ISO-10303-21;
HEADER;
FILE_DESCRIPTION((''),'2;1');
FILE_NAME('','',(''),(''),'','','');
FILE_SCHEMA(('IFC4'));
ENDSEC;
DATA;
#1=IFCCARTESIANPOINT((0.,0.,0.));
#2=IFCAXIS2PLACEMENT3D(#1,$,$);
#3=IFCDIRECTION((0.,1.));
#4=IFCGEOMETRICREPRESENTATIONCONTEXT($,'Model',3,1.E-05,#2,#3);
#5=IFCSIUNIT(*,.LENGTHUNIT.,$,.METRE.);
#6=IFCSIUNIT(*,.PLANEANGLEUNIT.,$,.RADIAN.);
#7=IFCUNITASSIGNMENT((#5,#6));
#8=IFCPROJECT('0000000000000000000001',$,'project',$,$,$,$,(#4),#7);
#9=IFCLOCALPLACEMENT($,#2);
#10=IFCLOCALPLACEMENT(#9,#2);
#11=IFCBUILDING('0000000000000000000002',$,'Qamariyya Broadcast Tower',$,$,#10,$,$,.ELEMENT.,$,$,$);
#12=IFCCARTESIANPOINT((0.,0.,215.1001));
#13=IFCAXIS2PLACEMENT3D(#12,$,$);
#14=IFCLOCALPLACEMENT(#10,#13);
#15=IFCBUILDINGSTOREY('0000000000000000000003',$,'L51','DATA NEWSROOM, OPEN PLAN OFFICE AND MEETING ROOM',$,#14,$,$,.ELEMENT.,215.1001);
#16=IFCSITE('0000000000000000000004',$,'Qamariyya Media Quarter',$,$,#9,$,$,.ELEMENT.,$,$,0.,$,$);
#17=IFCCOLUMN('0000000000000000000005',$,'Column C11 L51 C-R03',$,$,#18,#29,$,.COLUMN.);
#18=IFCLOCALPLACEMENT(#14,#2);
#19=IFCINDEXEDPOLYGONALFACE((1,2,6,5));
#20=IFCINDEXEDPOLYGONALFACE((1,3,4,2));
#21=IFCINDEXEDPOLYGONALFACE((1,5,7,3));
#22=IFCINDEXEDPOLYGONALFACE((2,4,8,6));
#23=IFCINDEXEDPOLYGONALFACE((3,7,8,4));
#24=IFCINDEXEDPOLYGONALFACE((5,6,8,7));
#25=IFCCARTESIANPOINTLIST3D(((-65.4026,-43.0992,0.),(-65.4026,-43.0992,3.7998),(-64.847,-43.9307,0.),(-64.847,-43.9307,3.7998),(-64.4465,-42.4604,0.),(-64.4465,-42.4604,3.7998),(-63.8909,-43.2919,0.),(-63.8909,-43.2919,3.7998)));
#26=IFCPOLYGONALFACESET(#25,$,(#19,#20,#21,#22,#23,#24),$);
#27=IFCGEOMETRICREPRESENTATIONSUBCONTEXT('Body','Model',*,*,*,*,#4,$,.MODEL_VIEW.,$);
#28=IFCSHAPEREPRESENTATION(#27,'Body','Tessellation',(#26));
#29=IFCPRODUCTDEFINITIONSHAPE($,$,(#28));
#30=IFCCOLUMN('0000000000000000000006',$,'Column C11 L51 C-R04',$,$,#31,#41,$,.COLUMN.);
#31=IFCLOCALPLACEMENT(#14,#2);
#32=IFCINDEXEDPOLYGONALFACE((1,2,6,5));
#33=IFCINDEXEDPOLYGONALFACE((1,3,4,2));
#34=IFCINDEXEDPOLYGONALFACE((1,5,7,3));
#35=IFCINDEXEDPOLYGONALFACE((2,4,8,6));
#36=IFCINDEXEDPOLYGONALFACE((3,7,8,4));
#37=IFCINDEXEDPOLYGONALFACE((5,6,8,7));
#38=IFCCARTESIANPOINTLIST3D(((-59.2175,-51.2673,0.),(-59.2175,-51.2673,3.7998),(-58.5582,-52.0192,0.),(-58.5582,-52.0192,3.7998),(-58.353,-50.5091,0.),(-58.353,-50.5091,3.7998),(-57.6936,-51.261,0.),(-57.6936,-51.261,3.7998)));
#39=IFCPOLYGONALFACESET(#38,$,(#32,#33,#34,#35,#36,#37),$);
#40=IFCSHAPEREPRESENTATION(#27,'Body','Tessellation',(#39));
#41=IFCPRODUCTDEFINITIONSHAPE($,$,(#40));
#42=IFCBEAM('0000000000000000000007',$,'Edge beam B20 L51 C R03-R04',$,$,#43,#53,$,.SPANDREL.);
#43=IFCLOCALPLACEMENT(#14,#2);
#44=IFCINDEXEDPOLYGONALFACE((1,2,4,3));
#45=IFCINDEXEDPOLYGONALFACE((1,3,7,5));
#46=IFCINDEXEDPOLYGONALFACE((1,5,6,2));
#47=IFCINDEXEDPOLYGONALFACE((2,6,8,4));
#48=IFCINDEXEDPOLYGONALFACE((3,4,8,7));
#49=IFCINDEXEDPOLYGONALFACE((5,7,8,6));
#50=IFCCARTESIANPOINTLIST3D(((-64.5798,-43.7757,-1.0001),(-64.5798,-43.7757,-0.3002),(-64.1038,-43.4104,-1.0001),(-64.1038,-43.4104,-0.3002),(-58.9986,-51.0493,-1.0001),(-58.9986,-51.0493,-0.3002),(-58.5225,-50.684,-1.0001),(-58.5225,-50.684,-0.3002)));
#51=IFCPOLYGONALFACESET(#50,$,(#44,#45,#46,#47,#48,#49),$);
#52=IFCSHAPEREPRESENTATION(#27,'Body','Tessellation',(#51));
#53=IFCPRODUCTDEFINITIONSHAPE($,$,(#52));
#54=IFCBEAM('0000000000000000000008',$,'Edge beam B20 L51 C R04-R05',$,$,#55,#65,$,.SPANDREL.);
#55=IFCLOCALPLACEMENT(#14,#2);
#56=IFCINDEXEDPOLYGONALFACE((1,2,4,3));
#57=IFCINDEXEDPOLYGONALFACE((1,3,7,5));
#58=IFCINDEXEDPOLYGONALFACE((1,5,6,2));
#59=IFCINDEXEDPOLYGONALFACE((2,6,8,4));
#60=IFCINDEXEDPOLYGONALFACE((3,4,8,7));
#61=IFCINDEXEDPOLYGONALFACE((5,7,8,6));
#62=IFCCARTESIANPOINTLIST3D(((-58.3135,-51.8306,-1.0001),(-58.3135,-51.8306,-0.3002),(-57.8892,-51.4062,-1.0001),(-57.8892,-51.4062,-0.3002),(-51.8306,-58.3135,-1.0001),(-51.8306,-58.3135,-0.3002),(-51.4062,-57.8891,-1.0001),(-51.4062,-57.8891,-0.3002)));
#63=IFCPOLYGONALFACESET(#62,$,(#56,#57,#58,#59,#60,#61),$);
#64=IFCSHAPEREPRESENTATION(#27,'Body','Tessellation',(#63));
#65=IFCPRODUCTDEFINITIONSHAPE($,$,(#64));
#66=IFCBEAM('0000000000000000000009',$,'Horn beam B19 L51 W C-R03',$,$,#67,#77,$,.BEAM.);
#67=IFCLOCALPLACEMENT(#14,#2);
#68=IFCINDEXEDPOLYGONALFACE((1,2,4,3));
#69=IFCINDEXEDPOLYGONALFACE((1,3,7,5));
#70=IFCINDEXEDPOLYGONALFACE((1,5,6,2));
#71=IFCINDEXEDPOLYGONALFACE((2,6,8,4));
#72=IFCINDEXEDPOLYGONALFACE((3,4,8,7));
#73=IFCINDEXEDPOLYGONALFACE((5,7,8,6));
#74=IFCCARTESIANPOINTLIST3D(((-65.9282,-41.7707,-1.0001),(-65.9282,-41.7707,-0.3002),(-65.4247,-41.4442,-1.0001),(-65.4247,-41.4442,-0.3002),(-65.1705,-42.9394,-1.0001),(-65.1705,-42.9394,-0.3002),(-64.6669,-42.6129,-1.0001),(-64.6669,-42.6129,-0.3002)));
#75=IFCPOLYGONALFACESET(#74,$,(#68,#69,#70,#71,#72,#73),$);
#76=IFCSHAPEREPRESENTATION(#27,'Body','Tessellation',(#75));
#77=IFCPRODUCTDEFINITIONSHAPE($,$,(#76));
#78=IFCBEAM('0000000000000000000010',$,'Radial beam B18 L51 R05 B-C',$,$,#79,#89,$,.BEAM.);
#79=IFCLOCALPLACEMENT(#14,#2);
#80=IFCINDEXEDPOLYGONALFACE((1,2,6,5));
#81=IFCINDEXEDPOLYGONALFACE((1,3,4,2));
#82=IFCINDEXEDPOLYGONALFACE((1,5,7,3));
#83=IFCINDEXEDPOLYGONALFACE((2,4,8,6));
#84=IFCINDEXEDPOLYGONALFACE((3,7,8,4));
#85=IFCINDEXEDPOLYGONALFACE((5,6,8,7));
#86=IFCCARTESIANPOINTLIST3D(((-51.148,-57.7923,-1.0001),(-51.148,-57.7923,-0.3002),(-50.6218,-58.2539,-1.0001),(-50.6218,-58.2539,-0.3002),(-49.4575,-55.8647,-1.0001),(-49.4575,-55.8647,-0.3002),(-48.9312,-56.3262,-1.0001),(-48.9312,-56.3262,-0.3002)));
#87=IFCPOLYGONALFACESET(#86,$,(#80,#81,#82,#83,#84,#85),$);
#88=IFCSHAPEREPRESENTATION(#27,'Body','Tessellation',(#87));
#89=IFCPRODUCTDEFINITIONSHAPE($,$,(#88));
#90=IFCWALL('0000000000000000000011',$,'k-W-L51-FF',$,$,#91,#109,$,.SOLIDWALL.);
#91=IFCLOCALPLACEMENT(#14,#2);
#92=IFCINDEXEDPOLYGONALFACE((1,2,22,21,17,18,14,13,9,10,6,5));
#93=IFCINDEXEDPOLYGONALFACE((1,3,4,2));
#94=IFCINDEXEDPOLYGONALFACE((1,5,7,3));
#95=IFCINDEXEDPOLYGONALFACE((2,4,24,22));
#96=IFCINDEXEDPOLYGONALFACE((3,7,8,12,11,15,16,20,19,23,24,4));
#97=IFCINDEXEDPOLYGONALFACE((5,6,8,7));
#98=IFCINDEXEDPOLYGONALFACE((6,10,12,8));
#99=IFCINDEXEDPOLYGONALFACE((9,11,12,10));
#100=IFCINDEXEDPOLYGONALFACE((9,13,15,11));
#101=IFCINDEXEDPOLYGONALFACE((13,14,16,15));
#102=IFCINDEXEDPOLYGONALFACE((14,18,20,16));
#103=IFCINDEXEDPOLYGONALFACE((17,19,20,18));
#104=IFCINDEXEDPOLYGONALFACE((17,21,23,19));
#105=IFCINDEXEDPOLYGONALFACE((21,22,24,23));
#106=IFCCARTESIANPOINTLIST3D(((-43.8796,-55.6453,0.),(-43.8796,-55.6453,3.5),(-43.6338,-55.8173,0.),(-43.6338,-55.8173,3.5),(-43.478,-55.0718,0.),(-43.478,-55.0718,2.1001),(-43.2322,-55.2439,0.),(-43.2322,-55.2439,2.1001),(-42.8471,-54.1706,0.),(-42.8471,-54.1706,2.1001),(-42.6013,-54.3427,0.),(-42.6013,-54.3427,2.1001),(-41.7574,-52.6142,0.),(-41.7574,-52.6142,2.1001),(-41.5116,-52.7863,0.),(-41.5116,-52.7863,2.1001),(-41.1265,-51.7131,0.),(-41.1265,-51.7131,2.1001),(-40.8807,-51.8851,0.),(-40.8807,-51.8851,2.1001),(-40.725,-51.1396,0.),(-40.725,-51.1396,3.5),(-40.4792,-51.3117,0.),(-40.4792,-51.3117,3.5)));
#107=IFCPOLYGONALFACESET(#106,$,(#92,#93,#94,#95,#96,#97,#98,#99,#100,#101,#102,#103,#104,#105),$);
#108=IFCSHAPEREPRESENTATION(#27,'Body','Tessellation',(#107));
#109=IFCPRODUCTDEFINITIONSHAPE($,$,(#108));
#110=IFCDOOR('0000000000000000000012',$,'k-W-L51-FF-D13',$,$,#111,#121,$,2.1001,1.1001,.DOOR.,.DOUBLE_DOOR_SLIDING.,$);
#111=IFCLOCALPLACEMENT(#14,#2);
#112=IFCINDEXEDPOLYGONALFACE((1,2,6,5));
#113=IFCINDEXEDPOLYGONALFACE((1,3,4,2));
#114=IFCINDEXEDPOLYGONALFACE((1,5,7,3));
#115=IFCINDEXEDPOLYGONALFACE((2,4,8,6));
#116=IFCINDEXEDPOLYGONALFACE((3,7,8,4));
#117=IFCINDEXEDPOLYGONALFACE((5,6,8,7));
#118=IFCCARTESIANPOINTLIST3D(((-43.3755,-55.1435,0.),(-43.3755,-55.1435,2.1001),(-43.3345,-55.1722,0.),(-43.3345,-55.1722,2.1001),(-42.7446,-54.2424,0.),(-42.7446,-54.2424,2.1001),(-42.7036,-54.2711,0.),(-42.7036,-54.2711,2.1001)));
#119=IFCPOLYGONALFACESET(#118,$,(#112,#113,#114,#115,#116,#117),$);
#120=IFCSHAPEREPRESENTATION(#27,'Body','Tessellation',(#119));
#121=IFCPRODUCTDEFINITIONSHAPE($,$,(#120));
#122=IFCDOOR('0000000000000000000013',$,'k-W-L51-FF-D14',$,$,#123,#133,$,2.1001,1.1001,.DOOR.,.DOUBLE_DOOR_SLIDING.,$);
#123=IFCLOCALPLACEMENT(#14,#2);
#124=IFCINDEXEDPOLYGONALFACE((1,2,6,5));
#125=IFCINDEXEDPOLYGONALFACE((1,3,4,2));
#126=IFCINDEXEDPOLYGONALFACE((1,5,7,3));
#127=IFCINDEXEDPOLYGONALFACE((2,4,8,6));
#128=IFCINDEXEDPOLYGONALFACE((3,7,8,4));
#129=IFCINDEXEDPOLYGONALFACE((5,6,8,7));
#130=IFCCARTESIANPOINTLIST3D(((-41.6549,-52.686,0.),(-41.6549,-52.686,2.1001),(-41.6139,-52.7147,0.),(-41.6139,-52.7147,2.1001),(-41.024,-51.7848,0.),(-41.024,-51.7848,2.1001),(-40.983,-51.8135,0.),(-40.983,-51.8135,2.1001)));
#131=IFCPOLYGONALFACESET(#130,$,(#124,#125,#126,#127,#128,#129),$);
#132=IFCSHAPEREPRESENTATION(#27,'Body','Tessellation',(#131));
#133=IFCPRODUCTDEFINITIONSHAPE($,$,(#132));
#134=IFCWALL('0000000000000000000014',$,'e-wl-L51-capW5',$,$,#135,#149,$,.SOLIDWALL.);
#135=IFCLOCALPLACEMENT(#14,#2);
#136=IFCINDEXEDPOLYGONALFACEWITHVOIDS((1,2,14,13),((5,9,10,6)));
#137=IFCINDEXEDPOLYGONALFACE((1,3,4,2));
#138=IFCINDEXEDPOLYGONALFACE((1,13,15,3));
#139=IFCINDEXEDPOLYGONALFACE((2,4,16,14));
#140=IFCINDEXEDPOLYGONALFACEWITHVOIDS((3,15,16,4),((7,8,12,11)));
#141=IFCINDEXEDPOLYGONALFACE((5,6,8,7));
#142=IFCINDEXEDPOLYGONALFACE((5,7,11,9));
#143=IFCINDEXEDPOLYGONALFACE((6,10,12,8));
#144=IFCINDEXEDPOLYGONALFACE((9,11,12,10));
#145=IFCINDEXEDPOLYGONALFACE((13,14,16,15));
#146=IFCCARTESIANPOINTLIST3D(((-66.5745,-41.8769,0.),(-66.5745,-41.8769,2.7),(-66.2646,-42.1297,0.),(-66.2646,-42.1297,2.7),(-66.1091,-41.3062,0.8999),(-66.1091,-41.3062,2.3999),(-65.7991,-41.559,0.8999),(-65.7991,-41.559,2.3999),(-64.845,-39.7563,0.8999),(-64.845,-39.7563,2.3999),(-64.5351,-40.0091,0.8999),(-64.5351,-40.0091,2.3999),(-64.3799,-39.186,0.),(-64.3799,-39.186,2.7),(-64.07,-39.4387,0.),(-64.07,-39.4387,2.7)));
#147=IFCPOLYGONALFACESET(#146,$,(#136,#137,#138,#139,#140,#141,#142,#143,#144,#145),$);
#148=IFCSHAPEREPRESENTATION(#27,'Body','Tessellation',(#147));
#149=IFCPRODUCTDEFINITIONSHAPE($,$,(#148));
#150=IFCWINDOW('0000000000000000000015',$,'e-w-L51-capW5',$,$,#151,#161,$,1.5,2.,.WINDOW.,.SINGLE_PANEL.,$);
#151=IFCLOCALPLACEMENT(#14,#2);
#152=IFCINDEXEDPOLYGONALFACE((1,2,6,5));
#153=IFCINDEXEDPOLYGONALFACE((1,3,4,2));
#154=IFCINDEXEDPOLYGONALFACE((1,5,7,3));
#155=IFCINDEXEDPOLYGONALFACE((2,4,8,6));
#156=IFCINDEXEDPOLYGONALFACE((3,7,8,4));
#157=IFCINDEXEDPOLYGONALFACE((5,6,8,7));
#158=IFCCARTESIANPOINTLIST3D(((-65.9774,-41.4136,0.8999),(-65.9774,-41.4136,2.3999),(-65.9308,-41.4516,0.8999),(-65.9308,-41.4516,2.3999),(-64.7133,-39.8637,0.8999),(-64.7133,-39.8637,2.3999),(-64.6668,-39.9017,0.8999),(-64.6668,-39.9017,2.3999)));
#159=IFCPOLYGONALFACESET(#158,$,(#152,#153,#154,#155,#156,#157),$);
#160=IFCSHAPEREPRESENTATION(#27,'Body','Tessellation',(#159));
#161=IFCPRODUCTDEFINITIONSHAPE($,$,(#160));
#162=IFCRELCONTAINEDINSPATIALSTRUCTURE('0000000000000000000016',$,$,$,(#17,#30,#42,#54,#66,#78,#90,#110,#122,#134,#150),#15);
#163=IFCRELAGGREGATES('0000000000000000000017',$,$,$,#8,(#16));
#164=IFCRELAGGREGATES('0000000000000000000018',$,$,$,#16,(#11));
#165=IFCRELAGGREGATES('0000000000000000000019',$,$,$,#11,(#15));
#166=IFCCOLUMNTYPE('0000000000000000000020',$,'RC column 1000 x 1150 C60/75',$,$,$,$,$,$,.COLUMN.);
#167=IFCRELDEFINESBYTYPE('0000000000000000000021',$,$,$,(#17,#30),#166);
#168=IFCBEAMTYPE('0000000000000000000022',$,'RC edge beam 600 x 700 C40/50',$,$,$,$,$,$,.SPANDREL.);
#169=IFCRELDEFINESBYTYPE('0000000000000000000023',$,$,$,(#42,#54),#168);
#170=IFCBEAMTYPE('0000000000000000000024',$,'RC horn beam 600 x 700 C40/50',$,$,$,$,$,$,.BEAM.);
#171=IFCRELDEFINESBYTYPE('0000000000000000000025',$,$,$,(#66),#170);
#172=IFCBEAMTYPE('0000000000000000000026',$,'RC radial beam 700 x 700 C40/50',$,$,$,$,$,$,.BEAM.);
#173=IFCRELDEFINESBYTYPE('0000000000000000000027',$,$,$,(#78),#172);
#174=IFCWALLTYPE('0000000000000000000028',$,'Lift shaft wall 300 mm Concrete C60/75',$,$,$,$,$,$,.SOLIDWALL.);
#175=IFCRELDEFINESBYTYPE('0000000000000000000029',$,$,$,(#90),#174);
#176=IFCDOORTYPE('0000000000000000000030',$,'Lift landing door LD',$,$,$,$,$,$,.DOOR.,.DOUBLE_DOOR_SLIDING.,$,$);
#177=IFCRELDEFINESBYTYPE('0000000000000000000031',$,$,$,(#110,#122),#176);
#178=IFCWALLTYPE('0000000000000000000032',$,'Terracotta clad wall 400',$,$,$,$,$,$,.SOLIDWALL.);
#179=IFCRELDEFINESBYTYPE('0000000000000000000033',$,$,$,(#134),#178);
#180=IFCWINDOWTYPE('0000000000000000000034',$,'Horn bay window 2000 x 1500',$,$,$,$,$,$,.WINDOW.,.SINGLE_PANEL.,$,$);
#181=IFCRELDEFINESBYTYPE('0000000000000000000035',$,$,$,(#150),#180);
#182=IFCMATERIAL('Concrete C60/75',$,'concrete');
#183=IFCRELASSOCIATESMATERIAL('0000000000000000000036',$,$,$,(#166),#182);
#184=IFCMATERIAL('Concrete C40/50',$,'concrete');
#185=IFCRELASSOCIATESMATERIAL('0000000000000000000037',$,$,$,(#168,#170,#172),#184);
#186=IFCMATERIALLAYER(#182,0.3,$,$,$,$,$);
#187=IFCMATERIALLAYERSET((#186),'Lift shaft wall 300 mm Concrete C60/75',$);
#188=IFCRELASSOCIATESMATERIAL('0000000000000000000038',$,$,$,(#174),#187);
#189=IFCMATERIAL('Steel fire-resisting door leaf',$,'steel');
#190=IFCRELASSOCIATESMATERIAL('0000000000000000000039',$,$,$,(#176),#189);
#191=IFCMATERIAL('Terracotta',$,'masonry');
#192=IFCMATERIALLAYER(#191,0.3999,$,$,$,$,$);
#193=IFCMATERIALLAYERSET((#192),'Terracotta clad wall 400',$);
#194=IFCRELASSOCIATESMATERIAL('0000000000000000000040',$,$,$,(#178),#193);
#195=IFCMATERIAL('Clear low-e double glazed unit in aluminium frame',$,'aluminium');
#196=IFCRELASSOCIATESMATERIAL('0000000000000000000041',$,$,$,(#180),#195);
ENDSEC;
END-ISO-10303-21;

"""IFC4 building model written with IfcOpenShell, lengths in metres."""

from ifc_helpers import new_model, si_unit, direction, frame, frame_2d, origin, origin_2d, place, context, subcontext, project, spatial, rectangle, extrude, material, layer, layer_set, material_profile, profile_set, type_object, element, fill, save


model = new_model("IFC4")

# Units and contexts
model_context = context("Model", 3, precision=1e-05, world=origin(), true_north=direction((0.0, 1.0)))
body_context = subcontext(model_context, "Body", "Model", "MODEL_VIEW")
ifc_project = project(units=[si_unit("LENGTHUNIT", "METRE"), si_unit("PLANEANGLEUNIT", "RADIAN")], contexts=[model_context])

# Site, building, storey
site_placement = place(None, origin())
site = spatial("IfcSite", under=ifc_project, at=site_placement, Name="Qamariyya Media Quarter", CompositionType="ELEMENT", RefElevation=0.0)
building_placement = place(site_placement, origin())
building = spatial("IfcBuilding", under=site, at=building_placement, Name="Qamariyya Broadcast Tower", CompositionType="ELEMENT")
storey_placement = place(building_placement, frame((0.0, 0.0, 215.1001)))
storey = spatial("IfcBuildingStorey", under=building, at=storey_placement, Name="L51", Description="DATA NEWSROOM, OPEN PLAN OFFICE AND MEETING ROOM", CompositionType="ELEMENT", Elevation=215.1001)

# Columns
ifc_material_1 = material(Name="Concrete C60/75", Category="concrete")
ifc_material_profile_1 = material_profile(ifc_material_1, rectangle(XDim=1.0, YDim=1.1499, at=origin_2d()))
ifc_profile_set_1 = profile_set([ifc_material_profile_1], Name="Concrete C60/75")
column_type = type_object("IfcColumnType", Name="RC column 1000 x 1150 C60/75", PredefinedType="COLUMN", material=ifc_profile_set_1)
for number, where, z_axis, x_axis, name in (
    (1, (-64.6467, -43.1956, 0.0), (0.0, 0.0, 1.0), (0.55557, -0.83147, 0.0), "Column C11 L51 C-R03"),
    (2, (-58.4556, -51.2642, 0.0), (0.0, 0.0, 1.0), (0.659346, -0.75184, 0.0), "Column C11 L51 C-R04"),
):
    element("IfcColumn", number, at=place(storey_placement, frame(where, z_axis=z_axis, x_axis=x_axis)), inside=storey, type_object=column_type, Name=name, PredefinedType="COLUMN", context=body_context, shape_type="SweptSolid", body=[
        extrude(rectangle(XDim=1.0, YDim=1.1499, at=origin_2d()), origin(), (0.0, 0.0, 1.0), 3.7998),
    ])

# Beams
ifc_material_2 = material(Name="Concrete C40/50", Category="concrete")
ifc_material_profile_2 = material_profile(ifc_material_2, rectangle(XDim=0.6001, YDim=0.7, at=origin_2d()))
ifc_profile_set_2 = profile_set([ifc_material_profile_2], Name="Concrete C40/50")
beam_type_1 = type_object("IfcBeamType", Name="RC edge beam 600 x 700 C40/50", PredefinedType="SPANDREL", material=ifc_profile_set_2)
for number, where, z_axis, x_axis, name in (
    (3, (-64.3418, -43.593, -0.6501), (0.608762, -0.793353, 0.0), (0.793353, 0.608762, 0.0), "Edge beam B20 L51 C R03-R04"),
    (4, (-58.1013, -51.6184, -0.6501), (0.707107, -0.707107, 0.0), (0.707107, 0.707107, 0.0), "Edge beam B20 L51 C R04-R05"),
):
    element("IfcBeam", number, at=place(storey_placement, frame(where, z_axis=z_axis, x_axis=x_axis)), inside=storey, type_object=beam_type_1, Name=name, PredefinedType="SPANDREL", context=body_context, shape_type="SweptSolid", body=[
        extrude(rectangle(XDim=0.6001, YDim=0.7, at=origin_2d()), origin(), (0.0, 0.0, 1.0), 9.1682),
    ])
ifc_material_profile_3 = material_profile(ifc_material_2, rectangle(XDim=0.6001, YDim=0.7, at=origin_2d()))
ifc_profile_set_3 = profile_set([ifc_material_profile_3], Name="Concrete C40/50")
beam_type_2 = type_object("IfcBeamType", Name="RC horn beam 600 x 700 C40/50", PredefinedType="BEAM", material=ifc_profile_set_3)
beam_1_placement = place(storey_placement, frame((-64.9187, -42.7761, -0.6501), z_axis=(-0.544058, 0.839048, 0.0), x_axis=(-0.839048, -0.544058, 0.0)))
element("IfcBeam", 5, at=beam_1_placement, inside=storey, type_object=beam_type_2, Name="Horn beam B19 L51 W C-R03", PredefinedType="BEAM", context=body_context, shape_type="SweptSolid", body=[
    extrude(rectangle(XDim=0.6001, YDim=0.7, at=origin_2d()), origin(), (0.0, 0.0, 1.0), 1.3928),
])
ifc_material_profile_4 = material_profile(ifc_material_2, rectangle(XDim=0.7, YDim=0.7, at=origin_2d()))
ifc_profile_set_4 = profile_set([ifc_material_profile_4], Name="Concrete C40/50")
beam_type_3 = type_object("IfcBeamType", Name="RC radial beam 700 x 700 C40/50", PredefinedType="BEAM", material=ifc_profile_set_4)
beam_2_placement = place(storey_placement, frame((-49.1943, -56.0955, -0.6501), z_axis=(-0.659367, -0.751821, 0.0), x_axis=(0.751821, -0.659367, 0.0)))
element("IfcBeam", 6, at=beam_2_placement, inside=storey, type_object=beam_type_3, Name="Radial beam B18 L51 R05 B-C", PredefinedType="BEAM", context=body_context, shape_type="SweptSolid", body=[
    extrude(rectangle(XDim=0.7, YDim=0.7, at=origin_2d()), origin(), (0.0, 0.0, 1.0), 2.564),
])

# Wall, openings, doors
ifc_layer_1 = layer(ifc_material_1, 0.3)
ifc_layer_set_1 = layer_set([ifc_layer_1], Name="Lift shaft wall 300 mm Concrete C60/75")
wall_type_1 = type_object("IfcWallType", Name="Lift shaft wall 300 mm Concrete C60/75", PredefinedType="SOLIDWALL", material=ifc_layer_set_1)
wall_1_placement = place(storey_placement, frame((-43.7566, -55.7312, 0.0), z_axis=(0.0, 0.0, 1.0), x_axis=(0.573537, 0.81918, 0.0)))
wall_1 = element("IfcWall", 7, at=wall_1_placement, inside=storey, type_object=wall_type_1, Name="k-W-L51-FF", PredefinedType="SOLIDWALL", context=body_context, shape_type="SweptSolid", body=[
    extrude(rectangle(XDim=5.5002, YDim=0.3, at=frame_2d((2.75, 0.0))), origin(), (0.0, 0.0, 1.0), 3.5),
])
opening_1_placement = place(wall_1_placement, frame((0.7, 0.0, 0.0)))
opening_1 = element("IfcOpeningElement", 8, at=opening_1_placement, cuts=wall_1, PredefinedType="OPENING", context=body_context, shape_type="SweptSolid", body=[
    extrude(rectangle(XDim=1.1001, YDim=2.1001, at=frame_2d((0.55, 1.05))), frame((0.0, 0.1599, 0.0), z_axis=(0.0, -1.0, 0.0), x_axis=(1.0, 0.0, 0.0)), (0.0, 0.0, 1.0), 0.3201),
])
opening_2_placement = place(wall_1_placement, frame((3.7, 0.0, 0.0)))
opening_2 = element("IfcOpeningElement", 9, at=opening_2_placement, cuts=wall_1, PredefinedType="OPENING", context=body_context, shape_type="SweptSolid", body=[
    extrude(rectangle(XDim=1.1001, YDim=2.1001, at=frame_2d((0.55, 1.05))), frame((0.0, 0.1599, 0.0), z_axis=(0.0, -1.0, 0.0), x_axis=(1.0, 0.0, 0.0)), (0.0, 0.0, 1.0), 0.3201),
])
ifc_material_3 = material(Name="Steel fire-resisting door leaf", Category="steel")
door_type = type_object("IfcDoorType", Name="Lift landing door LD", OperationType="DOUBLE_DOOR_SLIDING", PredefinedType="DOOR", material=ifc_material_3)
door_1_placement = place(opening_1_placement, origin())
door_1 = element("IfcDoor", 10, at=door_1_placement, inside=storey, type_object=door_type, Name="k-W-L51-FF-D13", OperationType="DOUBLE_DOOR_SLIDING", OverallHeight=2.1001, OverallWidth=1.1001, PredefinedType="DOOR", context=body_context, shape_type="SweptSolid", body=[
    extrude(rectangle(XDim=1.1001, YDim=2.1001, at=frame_2d((0.55, 1.05))), frame((0.0, 0.0249, 0.0), z_axis=(0.0, -1.0, 0.0), x_axis=(1.0, 0.0, 0.0)), (0.0, 0.0, 1.0), 0.05),
])
fill(opening_1, door_1)
door_2_placement = place(opening_2_placement, origin())
door_2 = element("IfcDoor", 11, at=door_2_placement, inside=storey, type_object=door_type, Name="k-W-L51-FF-D14", OperationType="DOUBLE_DOOR_SLIDING", OverallHeight=2.1001, OverallWidth=1.1001, PredefinedType="DOOR", context=body_context, shape_type="SweptSolid", body=[
    extrude(rectangle(XDim=1.1001, YDim=2.1001, at=frame_2d((0.55, 1.05))), frame((0.0, 0.0249, 0.0), z_axis=(0.0, -1.0, 0.0), x_axis=(1.0, 0.0, 0.0)), (0.0, 0.0, 1.0), 0.05),
])
fill(opening_2, door_2)

# Wall, opening, window
ifc_material_4 = material(Name="Terracotta", Category="masonry")
ifc_layer_2 = layer(ifc_material_4, 0.3999)
ifc_layer_set_2 = layer_set([ifc_layer_2], Name="Terracotta clad wall 400")
wall_type_2 = type_object("IfcWallType", Name="Terracotta clad wall 400", PredefinedType="SOLIDWALL", material=ifc_layer_set_2)
wall_2_placement = place(storey_placement, frame((-64.2249, -39.3123, 0.0), z_axis=(0.0, 0.0, 1.0), x_axis=(-0.632016, -0.774956, 0.0)))
wall_2 = element("IfcWall", 12, at=wall_2_placement, inside=storey, type_object=wall_type_2, Name="e-wl-L51-capW5", PredefinedType="SOLIDWALL", context=body_context, shape_type="SweptSolid", body=[
    extrude(rectangle(XDim=3.4724, YDim=0.3999, at=frame_2d((1.7363, 0.0))), origin(), (0.0, 0.0, 1.0), 2.7),
])
opening_3_placement = place(wall_2_placement, frame((0.7361, 0.0, 0.8999)))
opening_3 = element("IfcOpeningElement", 13, at=opening_3_placement, cuts=wall_2, PredefinedType="OPENING", context=body_context, shape_type="SweptSolid", body=[
    extrude(rectangle(XDim=2.0, YDim=1.5, at=frame_2d((1.0, 0.75))), frame((0.0, 0.21, 0.0), z_axis=(0.0, -1.0, 0.0), x_axis=(1.0, 0.0, 0.0)), (0.0, 0.0, 1.0), 0.4199),
])
ifc_material_5 = material(Name="Clear low-e double glazed unit in aluminium frame", Category="aluminium")
window_type = type_object("IfcWindowType", Name="Horn bay window 2000 x 1500", PartitioningType="SINGLE_PANEL", PredefinedType="WINDOW", material=ifc_material_5)
window_placement = place(opening_3_placement, origin())
window = element("IfcWindow", 14, at=window_placement, inside=storey, type_object=window_type, Name="e-w-L51-capW5", OverallHeight=1.5, OverallWidth=2.0, PartitioningType="SINGLE_PANEL", PredefinedType="WINDOW", context=body_context, shape_type="SweptSolid", body=[
    extrude(rectangle(XDim=2.0, YDim=1.5, at=frame_2d((1.0, 0.75))), frame((0.0, 0.03, 0.0), z_axis=(0.0, -1.0, 0.0), x_axis=(1.0, 0.0, 0.0)), (0.0, 0.0, 1.0), 0.0601),
])
fill(opening_3, window)

save(model, "model.ifc")
